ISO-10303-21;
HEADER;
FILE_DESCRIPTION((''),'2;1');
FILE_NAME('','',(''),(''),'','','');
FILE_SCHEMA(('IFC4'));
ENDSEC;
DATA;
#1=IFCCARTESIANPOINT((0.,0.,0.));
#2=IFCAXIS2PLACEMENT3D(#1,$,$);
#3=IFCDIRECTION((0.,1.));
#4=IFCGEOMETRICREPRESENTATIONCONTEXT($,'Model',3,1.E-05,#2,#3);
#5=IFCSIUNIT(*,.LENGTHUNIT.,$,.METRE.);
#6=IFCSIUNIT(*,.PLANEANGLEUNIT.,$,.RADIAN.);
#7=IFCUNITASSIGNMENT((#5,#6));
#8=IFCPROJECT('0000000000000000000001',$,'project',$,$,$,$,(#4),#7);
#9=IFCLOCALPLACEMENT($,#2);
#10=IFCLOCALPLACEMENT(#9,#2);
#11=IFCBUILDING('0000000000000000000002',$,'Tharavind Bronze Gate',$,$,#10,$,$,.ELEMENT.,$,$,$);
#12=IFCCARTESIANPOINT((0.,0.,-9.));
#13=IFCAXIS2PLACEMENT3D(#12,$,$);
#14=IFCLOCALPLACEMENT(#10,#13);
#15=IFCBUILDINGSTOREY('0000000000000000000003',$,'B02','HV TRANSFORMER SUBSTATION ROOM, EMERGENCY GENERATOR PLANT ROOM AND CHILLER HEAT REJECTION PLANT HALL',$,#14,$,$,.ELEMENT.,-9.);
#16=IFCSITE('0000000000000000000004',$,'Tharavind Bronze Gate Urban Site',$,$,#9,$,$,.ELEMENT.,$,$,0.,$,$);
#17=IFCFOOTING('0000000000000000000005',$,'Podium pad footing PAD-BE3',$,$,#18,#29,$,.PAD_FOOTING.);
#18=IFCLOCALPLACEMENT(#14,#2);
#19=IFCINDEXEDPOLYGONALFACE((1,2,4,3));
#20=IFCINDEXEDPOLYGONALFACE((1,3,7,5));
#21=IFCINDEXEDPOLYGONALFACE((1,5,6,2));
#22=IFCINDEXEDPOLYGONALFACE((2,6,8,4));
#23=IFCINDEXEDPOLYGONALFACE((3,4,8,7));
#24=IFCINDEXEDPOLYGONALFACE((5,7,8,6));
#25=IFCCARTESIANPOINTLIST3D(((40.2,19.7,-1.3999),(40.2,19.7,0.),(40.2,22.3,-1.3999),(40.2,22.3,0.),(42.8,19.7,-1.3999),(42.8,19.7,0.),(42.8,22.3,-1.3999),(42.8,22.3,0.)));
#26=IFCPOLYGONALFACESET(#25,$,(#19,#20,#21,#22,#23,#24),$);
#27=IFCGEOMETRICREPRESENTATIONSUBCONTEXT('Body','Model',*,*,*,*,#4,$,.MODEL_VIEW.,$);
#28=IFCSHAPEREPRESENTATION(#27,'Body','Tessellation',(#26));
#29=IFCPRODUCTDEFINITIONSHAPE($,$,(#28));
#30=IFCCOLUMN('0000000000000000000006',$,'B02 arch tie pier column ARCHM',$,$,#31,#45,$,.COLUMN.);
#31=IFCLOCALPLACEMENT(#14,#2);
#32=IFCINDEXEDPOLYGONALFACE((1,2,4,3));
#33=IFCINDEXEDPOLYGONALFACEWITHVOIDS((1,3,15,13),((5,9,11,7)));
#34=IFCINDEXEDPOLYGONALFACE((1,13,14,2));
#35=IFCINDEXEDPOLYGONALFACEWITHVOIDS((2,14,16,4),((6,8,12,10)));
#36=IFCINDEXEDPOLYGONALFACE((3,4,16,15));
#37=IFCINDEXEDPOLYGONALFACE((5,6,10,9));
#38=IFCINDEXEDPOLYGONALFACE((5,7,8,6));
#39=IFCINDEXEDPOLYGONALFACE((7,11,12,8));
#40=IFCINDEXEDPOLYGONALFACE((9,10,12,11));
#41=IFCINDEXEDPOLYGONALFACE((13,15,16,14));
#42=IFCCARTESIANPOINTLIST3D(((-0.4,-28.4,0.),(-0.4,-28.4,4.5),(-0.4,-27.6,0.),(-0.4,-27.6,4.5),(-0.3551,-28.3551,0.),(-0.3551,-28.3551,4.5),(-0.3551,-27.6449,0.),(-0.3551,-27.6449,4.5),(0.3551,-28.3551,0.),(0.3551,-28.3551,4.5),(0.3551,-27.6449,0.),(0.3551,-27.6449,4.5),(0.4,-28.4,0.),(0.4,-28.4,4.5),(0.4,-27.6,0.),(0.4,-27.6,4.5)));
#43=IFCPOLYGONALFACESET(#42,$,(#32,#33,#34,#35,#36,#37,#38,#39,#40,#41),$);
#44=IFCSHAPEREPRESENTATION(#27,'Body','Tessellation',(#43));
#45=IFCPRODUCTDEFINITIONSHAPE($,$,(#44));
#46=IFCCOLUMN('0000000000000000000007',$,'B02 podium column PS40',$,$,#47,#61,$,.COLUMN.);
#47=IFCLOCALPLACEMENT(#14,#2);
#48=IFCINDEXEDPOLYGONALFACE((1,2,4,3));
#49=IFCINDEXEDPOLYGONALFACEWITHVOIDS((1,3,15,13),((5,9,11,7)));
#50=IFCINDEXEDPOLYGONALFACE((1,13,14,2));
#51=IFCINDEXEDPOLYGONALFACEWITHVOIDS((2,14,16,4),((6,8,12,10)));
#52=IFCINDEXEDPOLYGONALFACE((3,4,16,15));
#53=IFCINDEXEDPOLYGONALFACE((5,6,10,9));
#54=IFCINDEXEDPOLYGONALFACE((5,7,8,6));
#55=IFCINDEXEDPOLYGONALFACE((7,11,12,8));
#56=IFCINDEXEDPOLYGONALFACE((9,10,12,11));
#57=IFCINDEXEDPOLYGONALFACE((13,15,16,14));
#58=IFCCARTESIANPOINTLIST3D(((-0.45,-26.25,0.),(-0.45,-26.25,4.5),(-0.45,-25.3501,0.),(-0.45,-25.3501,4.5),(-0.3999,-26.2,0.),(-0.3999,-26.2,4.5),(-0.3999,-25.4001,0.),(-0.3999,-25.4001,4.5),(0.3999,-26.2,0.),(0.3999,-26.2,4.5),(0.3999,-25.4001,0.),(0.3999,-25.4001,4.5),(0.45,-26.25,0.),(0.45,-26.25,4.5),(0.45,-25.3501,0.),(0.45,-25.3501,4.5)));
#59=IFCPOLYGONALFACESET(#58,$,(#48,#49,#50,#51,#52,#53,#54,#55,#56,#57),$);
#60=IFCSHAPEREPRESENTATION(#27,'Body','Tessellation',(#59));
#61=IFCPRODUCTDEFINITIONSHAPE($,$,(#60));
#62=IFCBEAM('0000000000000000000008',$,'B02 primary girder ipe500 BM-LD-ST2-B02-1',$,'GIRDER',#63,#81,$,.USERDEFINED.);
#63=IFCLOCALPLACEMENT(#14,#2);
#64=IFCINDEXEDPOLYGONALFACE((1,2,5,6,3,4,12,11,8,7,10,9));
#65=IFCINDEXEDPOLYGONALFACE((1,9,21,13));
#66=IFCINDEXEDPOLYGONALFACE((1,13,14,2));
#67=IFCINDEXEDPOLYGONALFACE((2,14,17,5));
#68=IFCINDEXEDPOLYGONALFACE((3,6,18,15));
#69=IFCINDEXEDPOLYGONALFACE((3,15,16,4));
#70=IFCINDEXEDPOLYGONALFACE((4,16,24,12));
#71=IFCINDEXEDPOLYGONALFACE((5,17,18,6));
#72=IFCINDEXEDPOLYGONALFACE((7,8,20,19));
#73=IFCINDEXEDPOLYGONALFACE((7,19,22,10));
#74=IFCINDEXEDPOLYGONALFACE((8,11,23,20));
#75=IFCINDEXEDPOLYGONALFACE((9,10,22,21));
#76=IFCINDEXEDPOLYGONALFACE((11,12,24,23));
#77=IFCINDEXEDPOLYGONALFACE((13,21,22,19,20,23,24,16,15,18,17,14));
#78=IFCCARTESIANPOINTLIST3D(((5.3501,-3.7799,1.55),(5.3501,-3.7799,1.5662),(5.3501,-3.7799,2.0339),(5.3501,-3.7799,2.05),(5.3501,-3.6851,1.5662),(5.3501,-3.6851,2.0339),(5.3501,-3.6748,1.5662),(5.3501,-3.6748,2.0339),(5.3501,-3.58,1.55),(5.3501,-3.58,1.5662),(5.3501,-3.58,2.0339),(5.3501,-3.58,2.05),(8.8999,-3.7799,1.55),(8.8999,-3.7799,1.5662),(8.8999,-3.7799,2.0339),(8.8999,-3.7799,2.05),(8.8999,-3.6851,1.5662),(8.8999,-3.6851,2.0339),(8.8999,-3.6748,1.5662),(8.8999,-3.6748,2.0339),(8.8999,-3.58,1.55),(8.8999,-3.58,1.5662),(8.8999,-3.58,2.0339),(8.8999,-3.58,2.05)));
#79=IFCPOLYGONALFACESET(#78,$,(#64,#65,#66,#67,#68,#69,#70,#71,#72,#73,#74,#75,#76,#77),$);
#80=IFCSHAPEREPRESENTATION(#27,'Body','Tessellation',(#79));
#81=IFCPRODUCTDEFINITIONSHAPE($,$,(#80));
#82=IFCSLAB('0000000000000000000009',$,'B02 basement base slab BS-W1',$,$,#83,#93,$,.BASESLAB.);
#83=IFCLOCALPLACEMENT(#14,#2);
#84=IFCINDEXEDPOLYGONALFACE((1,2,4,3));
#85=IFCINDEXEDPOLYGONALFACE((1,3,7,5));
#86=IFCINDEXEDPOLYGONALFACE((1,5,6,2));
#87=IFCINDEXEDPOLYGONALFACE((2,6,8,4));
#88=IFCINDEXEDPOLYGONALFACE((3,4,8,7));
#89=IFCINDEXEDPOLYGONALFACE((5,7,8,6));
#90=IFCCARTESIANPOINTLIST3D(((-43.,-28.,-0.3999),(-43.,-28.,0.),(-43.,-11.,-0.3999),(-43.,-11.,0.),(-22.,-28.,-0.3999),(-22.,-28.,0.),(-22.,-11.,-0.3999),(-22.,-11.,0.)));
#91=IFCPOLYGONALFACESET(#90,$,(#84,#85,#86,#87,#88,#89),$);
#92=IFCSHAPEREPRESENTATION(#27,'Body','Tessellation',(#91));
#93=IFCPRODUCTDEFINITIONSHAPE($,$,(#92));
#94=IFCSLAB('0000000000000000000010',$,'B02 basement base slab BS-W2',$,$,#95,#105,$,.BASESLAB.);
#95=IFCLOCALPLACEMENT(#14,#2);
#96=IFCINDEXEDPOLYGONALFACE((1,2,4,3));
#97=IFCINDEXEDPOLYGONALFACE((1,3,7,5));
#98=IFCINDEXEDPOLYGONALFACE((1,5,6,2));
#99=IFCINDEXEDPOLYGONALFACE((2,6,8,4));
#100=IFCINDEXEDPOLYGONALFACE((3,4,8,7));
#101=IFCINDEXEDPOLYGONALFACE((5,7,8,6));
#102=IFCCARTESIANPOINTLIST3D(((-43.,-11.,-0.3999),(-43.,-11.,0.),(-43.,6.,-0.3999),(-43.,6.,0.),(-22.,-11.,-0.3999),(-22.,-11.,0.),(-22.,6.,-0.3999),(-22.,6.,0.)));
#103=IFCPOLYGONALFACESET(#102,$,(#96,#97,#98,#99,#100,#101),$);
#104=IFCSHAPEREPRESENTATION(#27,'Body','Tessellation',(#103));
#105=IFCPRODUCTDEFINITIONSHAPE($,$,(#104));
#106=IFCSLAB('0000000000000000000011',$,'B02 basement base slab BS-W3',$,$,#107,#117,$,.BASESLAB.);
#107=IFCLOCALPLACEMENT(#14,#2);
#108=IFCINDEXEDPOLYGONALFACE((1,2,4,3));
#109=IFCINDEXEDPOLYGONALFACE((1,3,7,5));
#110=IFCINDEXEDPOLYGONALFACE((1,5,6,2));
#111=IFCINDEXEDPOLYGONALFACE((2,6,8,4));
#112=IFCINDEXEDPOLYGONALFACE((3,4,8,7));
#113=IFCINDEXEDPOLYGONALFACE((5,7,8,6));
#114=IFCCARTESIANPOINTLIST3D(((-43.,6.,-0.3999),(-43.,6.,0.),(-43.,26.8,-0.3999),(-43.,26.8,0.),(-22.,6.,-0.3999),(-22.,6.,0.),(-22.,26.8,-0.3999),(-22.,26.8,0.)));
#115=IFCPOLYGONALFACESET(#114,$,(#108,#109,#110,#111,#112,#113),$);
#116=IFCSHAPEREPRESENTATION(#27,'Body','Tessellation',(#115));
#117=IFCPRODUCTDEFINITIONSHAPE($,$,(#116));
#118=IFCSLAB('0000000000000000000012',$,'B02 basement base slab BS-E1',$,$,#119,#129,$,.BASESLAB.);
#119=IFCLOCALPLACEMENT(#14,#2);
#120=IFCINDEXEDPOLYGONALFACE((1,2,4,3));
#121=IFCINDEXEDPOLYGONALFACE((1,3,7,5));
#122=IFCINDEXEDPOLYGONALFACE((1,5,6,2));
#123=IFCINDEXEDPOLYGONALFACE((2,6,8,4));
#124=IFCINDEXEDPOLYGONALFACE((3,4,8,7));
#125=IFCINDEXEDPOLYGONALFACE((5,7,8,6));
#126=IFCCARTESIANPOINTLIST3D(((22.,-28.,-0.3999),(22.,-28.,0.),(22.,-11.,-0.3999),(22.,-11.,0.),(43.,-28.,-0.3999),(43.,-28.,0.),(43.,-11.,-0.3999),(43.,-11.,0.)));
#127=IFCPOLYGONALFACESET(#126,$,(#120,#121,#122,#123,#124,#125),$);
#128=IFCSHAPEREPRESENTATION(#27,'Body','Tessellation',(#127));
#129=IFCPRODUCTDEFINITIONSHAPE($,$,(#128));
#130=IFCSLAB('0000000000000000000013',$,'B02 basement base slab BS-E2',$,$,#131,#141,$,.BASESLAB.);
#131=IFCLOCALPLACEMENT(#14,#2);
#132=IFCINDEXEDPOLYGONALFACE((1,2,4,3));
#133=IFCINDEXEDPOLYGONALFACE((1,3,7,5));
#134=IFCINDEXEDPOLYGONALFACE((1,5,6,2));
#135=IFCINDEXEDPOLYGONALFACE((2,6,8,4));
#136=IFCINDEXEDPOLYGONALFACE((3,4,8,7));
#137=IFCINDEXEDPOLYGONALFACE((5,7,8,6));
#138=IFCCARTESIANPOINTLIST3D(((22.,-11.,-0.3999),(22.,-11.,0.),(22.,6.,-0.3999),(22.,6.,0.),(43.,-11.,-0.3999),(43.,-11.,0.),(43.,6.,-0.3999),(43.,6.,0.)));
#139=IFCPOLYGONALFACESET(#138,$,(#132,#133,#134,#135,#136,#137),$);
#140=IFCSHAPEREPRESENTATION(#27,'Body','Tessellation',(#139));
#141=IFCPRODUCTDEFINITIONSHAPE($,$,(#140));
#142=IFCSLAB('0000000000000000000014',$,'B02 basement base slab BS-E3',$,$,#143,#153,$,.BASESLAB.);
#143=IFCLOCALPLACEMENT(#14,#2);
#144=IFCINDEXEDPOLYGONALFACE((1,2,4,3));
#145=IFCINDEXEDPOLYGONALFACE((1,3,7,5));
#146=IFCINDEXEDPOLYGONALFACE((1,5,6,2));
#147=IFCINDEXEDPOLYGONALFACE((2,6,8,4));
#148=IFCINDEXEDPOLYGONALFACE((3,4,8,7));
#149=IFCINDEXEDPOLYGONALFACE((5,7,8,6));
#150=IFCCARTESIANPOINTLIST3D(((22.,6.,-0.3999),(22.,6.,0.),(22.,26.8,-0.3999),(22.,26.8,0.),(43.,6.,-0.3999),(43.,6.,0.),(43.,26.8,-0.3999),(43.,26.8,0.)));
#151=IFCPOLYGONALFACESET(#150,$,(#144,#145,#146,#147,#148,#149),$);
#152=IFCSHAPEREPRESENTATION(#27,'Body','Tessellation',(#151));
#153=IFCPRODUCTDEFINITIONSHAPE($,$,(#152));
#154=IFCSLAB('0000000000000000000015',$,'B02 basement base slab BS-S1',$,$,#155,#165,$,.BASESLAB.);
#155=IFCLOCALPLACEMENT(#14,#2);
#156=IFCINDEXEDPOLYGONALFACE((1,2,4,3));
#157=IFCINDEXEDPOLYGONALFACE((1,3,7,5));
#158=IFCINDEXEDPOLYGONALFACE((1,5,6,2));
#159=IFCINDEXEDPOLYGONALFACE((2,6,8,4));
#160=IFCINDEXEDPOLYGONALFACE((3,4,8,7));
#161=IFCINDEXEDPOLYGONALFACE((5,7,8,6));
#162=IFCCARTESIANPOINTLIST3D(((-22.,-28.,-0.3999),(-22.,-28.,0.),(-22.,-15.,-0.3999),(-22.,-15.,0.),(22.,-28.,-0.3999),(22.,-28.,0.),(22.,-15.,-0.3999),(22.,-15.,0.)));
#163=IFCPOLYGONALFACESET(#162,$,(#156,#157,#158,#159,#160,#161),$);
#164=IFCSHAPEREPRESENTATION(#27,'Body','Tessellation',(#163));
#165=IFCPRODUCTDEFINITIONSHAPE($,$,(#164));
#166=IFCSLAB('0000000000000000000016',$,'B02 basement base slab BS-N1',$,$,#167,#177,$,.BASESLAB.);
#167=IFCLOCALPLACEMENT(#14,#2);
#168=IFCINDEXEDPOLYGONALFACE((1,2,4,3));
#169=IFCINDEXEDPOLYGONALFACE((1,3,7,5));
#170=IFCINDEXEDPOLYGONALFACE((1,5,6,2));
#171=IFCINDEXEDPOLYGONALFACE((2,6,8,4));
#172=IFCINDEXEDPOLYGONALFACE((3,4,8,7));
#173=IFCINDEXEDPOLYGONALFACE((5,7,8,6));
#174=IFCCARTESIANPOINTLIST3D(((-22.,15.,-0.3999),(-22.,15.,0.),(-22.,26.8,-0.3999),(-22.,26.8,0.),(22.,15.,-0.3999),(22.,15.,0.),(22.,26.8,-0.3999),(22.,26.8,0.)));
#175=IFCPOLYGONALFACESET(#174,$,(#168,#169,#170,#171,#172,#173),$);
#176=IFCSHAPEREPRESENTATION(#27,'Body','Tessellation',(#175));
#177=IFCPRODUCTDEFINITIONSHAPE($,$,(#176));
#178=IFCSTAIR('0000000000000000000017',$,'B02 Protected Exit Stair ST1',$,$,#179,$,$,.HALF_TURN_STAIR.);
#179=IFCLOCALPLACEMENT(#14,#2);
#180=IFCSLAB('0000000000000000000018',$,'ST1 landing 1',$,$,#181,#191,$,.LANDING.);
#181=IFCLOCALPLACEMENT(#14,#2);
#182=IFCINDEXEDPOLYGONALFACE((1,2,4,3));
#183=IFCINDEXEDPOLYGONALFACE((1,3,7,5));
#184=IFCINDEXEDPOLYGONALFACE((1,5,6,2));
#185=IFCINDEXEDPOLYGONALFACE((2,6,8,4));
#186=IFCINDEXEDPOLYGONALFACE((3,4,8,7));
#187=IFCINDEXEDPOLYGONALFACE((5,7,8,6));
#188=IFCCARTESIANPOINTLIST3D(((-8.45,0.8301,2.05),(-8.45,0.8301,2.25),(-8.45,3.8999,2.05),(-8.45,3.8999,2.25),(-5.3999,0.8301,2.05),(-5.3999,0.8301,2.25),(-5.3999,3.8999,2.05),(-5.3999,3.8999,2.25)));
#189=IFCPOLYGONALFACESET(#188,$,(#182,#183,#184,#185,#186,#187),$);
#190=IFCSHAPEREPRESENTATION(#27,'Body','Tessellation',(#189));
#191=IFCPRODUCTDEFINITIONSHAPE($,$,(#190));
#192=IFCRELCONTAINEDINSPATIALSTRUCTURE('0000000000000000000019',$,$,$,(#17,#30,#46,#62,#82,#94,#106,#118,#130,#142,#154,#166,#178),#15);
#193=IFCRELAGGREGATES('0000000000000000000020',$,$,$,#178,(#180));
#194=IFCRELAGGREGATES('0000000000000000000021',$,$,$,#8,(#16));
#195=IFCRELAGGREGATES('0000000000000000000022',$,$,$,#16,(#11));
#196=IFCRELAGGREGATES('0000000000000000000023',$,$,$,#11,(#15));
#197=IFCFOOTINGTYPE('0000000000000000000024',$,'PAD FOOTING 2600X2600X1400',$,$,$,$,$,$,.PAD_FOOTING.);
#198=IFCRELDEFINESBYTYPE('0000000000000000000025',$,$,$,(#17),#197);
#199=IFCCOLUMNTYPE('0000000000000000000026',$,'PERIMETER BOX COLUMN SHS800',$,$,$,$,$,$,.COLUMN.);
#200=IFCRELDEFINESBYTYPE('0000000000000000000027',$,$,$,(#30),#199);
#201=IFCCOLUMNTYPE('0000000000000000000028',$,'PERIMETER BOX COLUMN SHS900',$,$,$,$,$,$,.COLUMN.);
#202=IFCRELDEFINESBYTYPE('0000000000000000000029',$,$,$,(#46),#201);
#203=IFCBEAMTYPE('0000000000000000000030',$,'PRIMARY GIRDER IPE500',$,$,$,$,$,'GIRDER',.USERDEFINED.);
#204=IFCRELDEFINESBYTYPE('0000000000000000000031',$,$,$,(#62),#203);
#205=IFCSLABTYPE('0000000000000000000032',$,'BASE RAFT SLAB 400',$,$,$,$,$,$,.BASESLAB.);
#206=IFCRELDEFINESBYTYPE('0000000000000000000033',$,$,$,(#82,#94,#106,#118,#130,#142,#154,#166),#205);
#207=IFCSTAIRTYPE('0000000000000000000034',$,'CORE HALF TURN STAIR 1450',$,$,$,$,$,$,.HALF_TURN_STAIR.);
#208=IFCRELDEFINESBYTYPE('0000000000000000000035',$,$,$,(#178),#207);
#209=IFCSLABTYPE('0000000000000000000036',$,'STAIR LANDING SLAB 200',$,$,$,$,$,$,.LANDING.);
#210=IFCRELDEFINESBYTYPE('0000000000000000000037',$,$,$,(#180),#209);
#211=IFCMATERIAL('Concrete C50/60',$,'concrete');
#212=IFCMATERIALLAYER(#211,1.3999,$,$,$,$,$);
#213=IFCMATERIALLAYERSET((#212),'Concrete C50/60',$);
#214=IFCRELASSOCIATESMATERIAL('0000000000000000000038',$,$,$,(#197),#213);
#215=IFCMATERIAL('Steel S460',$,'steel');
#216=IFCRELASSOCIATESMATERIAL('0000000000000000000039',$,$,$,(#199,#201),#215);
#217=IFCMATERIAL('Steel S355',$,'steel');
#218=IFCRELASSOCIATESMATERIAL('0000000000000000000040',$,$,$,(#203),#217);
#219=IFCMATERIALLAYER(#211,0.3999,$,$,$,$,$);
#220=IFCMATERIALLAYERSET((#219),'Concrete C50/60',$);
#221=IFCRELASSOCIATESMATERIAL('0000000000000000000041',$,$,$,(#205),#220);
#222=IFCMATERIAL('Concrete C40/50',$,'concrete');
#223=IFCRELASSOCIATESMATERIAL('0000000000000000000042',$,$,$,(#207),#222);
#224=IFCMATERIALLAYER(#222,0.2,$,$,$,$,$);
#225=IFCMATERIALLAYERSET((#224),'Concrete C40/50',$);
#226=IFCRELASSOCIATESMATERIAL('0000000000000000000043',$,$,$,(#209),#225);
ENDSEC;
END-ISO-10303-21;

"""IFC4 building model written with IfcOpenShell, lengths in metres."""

from ifc_helpers import new_model, si_unit, direction, frame, origin, origin_2d, place, context, subcontext, project, spatial, polyline, hollow_rectangle, i_section, outline, extrude, material, layer, layer_set, material_profile, profile_set, type_object, element, aggregate, save


model = new_model("IFC4")

# Units and contexts
model_context = context("Model", 3, precision=1e-05, world=origin(), true_north=direction((0.0, 1.0)))
body_context = subcontext(model_context, "Body", "Model", "MODEL_VIEW")
ifc_project = project(units=[si_unit("LENGTHUNIT", "METRE"), si_unit("PLANEANGLEUNIT", "RADIAN")], contexts=[model_context])

# Site, building, storey
site_placement = place(None, origin())
site = spatial("IfcSite", under=ifc_project, at=site_placement, Name="Tharavind Bronze Gate Urban Site", CompositionType="ELEMENT", RefElevation=0.0)
building_placement = place(site_placement, origin())
building = spatial("IfcBuilding", under=site, at=building_placement, Name="Tharavind Bronze Gate", CompositionType="ELEMENT")
storey_placement = place(building_placement, frame((0.0, 0.0, -9.0)))
storey = spatial("IfcBuildingStorey", under=building, at=storey_placement, Name="B02", Description="HV TRANSFORMER SUBSTATION ROOM, EMERGENCY GENERATOR PLANT ROOM AND CHILLER HEAT REJECTION PLANT HALL", CompositionType="ELEMENT", Elevation=-9.0)

# Shared definitions
ifc_material_1 = material(Name="Concrete C50/60", Category="concrete")

# Footing
ifc_layer_1 = layer(ifc_material_1, 1.3999)
ifc_layer_set_1 = layer_set([ifc_layer_1], Name="Concrete C50/60")
footing_type_1 = type_object("IfcFootingType", Name="PAD FOOTING 2600X2600X1400", PredefinedType="PAD_FOOTING", material=ifc_layer_set_1)
footing_1_placement = place(storey_placement, frame((0.0, 0.0, -1.3999)))
element("IfcFooting", 1, at=footing_1_placement, inside=storey, type_object=footing_type_1, Name="Podium pad footing PAD-BE3", PredefinedType="PAD_FOOTING", context=body_context, shape_type="SweptSolid", body=[
    extrude(outline(polyline([(40.2, 19.7), (42.8, 19.7), (42.8, 22.3), (40.2, 22.3), (40.2, 19.7)])), origin(), (0.0, 0.0, 1.0), 1.3999),
])

# Columns
ifc_material_2 = material(Name="Steel S460", Category="steel")
ifc_material_profile_1 = material_profile(ifc_material_2, hollow_rectangle(XDim=0.8, YDim=0.8, WallThickness=0.0449, at=origin_2d()), Name="SHS800X45")
ifc_profile_set_1 = profile_set([ifc_material_profile_1], Name="Steel S460")
column_type_1 = type_object("IfcColumnType", Name="PERIMETER BOX COLUMN SHS800", PredefinedType="COLUMN", material=ifc_profile_set_1)
column_1_placement = place(storey_placement, frame((0.0, -28.0, 0.0), z_axis=(0.0, 0.0, 1.0), x_axis=(1.0, 0.0, 0.0)))
element("IfcColumn", 2, at=column_1_placement, inside=storey, type_object=column_type_1, Name="B02 arch tie pier column ARCHM", PredefinedType="COLUMN", context=body_context, shape_type="SweptSolid", body=[
    extrude(hollow_rectangle(XDim=0.8, YDim=0.8, WallThickness=0.0449, at=origin_2d()), origin(), (0.0, 0.0, 1.0), 4.5),
])
ifc_material_profile_2 = material_profile(ifc_material_2, hollow_rectangle(XDim=0.8999, YDim=0.8999, WallThickness=0.05, at=origin_2d()), Name="SHS900X50")
ifc_profile_set_2 = profile_set([ifc_material_profile_2], Name="Steel S460")
column_type_2 = type_object("IfcColumnType", Name="PERIMETER BOX COLUMN SHS900", PredefinedType="COLUMN", material=ifc_profile_set_2)
column_2_placement = place(storey_placement, frame((0.0, -25.8, 0.0), z_axis=(0.0, 0.0, 1.0), x_axis=(1.0, 0.0, 0.0)))
element("IfcColumn", 3, at=column_2_placement, inside=storey, type_object=column_type_2, Name="B02 podium column PS40", PredefinedType="COLUMN", context=body_context, shape_type="SweptSolid", body=[
    extrude(hollow_rectangle(XDim=0.8999, YDim=0.8999, WallThickness=0.05, at=origin_2d()), origin(), (0.0, 0.0, 1.0), 4.5),
])

# Beam
ifc_material_3 = material(Name="Steel S355", Category="steel")
ifc_material_profile_3 = material_profile(ifc_material_3, i_section(OverallWidth=0.2, OverallDepth=0.5, WebThickness=0.0103, FlangeThickness=0.0161, at=origin_2d()), Name="IPE500")
ifc_profile_set_3 = profile_set([ifc_material_profile_3], Name="Steel S355")
beam_type = type_object("IfcBeamType", Name="PRIMARY GIRDER IPE500", ElementType="GIRDER", PredefinedType="USERDEFINED", material=ifc_profile_set_3)
beam_placement = place(storey_placement, frame((5.3501, -3.6799, 1.8), z_axis=(1.0, 0.0, 0.0), x_axis=(0.0, 1.0, 0.0)))
element("IfcBeam", 4, at=beam_placement, inside=storey, type_object=beam_type, Name="B02 primary girder ipe500 BM-LD-ST2-B02-1", ObjectType="GIRDER", PredefinedType="USERDEFINED", context=body_context, shape_type="SweptSolid", body=[
    extrude(i_section(OverallWidth=0.2, OverallDepth=0.5, WebThickness=0.0103, FlangeThickness=0.0161, at=origin_2d()), origin(), (0.0, 0.0, 1.0), 3.5498),
])

# Slabs
ifc_layer_2 = layer(ifc_material_1, 0.3999)
ifc_layer_set_2 = layer_set([ifc_layer_2], Name="Concrete C50/60")
slab_type_1 = type_object("IfcSlabType", Name="BASE RAFT SLAB 400", PredefinedType="BASESLAB", material=ifc_layer_set_2)
slab_1_placement = place(storey_placement, frame((0.0, 0.0, -0.3999)))
element("IfcSlab", 5, at=slab_1_placement, inside=storey, type_object=slab_type_1, Name="B02 basement base slab BS-W1", PredefinedType="BASESLAB", context=body_context, shape_type="SweptSolid", body=[
    extrude(outline(polyline([(-43.0, -28.0), (-22.0, -28.0), (-22.0, -11.0), (-43.0, -11.0), (-43.0, -28.0)])), origin(), (0.0, 0.0, 1.0), 0.3999),
])
slab_2_placement = place(storey_placement, frame((0.0, 0.0, -0.3999)))
element("IfcSlab", 6, at=slab_2_placement, inside=storey, type_object=slab_type_1, Name="B02 basement base slab BS-W2", PredefinedType="BASESLAB", context=body_context, shape_type="SweptSolid", body=[
    extrude(outline(polyline([(-43.0, -11.0), (-22.0, -11.0), (-22.0, 6.0), (-43.0, 6.0), (-43.0, -11.0)])), origin(), (0.0, 0.0, 1.0), 0.3999),
])
slab_3_placement = place(storey_placement, frame((0.0, 0.0, -0.3999)))
element("IfcSlab", 7, at=slab_3_placement, inside=storey, type_object=slab_type_1, Name="B02 basement base slab BS-W3", PredefinedType="BASESLAB", context=body_context, shape_type="SweptSolid", body=[
    extrude(outline(polyline([(-43.0, 6.0), (-22.0, 6.0), (-22.0, 26.8), (-43.0, 26.8), (-43.0, 6.0)])), origin(), (0.0, 0.0, 1.0), 0.3999),
])
slab_4_placement = place(storey_placement, frame((0.0, 0.0, -0.3999)))
element("IfcSlab", 8, at=slab_4_placement, inside=storey, type_object=slab_type_1, Name="B02 basement base slab BS-E1", PredefinedType="BASESLAB", context=body_context, shape_type="SweptSolid", body=[
    extrude(outline(polyline([(22.0, -28.0), (43.0, -28.0), (43.0, -11.0), (22.0, -11.0), (22.0, -28.0)])), origin(), (0.0, 0.0, 1.0), 0.3999),
])
slab_5_placement = place(storey_placement, frame((0.0, 0.0, -0.3999)))
element("IfcSlab", 9, at=slab_5_placement, inside=storey, type_object=slab_type_1, Name="B02 basement base slab BS-E2", PredefinedType="BASESLAB", context=body_context, shape_type="SweptSolid", body=[
    extrude(outline(polyline([(22.0, -11.0), (43.0, -11.0), (43.0, 6.0), (22.0, 6.0), (22.0, -11.0)])), origin(), (0.0, 0.0, 1.0), 0.3999),
])
slab_6_placement = place(storey_placement, frame((0.0, 0.0, -0.3999)))
element("IfcSlab", 10, at=slab_6_placement, inside=storey, type_object=slab_type_1, Name="B02 basement base slab BS-E3", PredefinedType="BASESLAB", context=body_context, shape_type="SweptSolid", body=[
    extrude(outline(polyline([(22.0, 6.0), (43.0, 6.0), (43.0, 26.8), (22.0, 26.8), (22.0, 6.0)])), origin(), (0.0, 0.0, 1.0), 0.3999),
])
slab_7_placement = place(storey_placement, frame((0.0, 0.0, -0.3999)))
element("IfcSlab", 11, at=slab_7_placement, inside=storey, type_object=slab_type_1, Name="B02 basement base slab BS-S1", PredefinedType="BASESLAB", context=body_context, shape_type="SweptSolid", body=[
    extrude(outline(polyline([(-22.0, -28.0), (22.0, -28.0), (22.0, -15.0), (-22.0, -15.0), (-22.0, -28.0)])), origin(), (0.0, 0.0, 1.0), 0.3999),
])
slab_8_placement = place(storey_placement, frame((0.0, 0.0, -0.3999)))
element("IfcSlab", 12, at=slab_8_placement, inside=storey, type_object=slab_type_1, Name="B02 basement base slab BS-N1", PredefinedType="BASESLAB", context=body_context, shape_type="SweptSolid", body=[
    extrude(outline(polyline([(-22.0, 15.0), (22.0, 15.0), (22.0, 26.8), (-22.0, 26.8), (-22.0, 15.0)])), origin(), (0.0, 0.0, 1.0), 0.3999),
])

# Stair, slab
ifc_material_4 = material(Name="Concrete C40/50", Category="concrete")
stair_type_1 = type_object("IfcStairType", Name="CORE HALF TURN STAIR 1450", PredefinedType="HALF_TURN_STAIR", material=ifc_material_4)
stair_1_placement = place(storey_placement, origin())
stair_1 = element("IfcStair", 13, at=stair_1_placement, inside=storey, type_object=stair_type_1, Name="B02 Protected Exit Stair ST1", PredefinedType="HALF_TURN_STAIR")
ifc_layer_3 = layer(ifc_material_4, 0.2)
ifc_layer_set_3 = layer_set([ifc_layer_3], Name="Concrete C40/50")
slab_type_2 = type_object("IfcSlabType", Name="STAIR LANDING SLAB 200", PredefinedType="LANDING", material=ifc_layer_set_3)
slab_9_placement = place(storey_placement, frame((0.0, 0.0, 2.05)))
slab_9 = element("IfcSlab", 14, at=slab_9_placement, type_object=slab_type_2, Name="ST1 landing 1", PredefinedType="LANDING", context=body_context, shape_type="SweptSolid", body=[
    extrude(outline(polyline([(-5.3999, 0.8301), (-5.3999, 3.8999), (-8.45, 3.8999), (-8.45, 0.8301), (-5.3999, 0.8301)])), origin(), (0.0, 0.0, 1.0), 0.2),
])
aggregate(stair_1, [slab_9])

save(model, "model.ifc")
